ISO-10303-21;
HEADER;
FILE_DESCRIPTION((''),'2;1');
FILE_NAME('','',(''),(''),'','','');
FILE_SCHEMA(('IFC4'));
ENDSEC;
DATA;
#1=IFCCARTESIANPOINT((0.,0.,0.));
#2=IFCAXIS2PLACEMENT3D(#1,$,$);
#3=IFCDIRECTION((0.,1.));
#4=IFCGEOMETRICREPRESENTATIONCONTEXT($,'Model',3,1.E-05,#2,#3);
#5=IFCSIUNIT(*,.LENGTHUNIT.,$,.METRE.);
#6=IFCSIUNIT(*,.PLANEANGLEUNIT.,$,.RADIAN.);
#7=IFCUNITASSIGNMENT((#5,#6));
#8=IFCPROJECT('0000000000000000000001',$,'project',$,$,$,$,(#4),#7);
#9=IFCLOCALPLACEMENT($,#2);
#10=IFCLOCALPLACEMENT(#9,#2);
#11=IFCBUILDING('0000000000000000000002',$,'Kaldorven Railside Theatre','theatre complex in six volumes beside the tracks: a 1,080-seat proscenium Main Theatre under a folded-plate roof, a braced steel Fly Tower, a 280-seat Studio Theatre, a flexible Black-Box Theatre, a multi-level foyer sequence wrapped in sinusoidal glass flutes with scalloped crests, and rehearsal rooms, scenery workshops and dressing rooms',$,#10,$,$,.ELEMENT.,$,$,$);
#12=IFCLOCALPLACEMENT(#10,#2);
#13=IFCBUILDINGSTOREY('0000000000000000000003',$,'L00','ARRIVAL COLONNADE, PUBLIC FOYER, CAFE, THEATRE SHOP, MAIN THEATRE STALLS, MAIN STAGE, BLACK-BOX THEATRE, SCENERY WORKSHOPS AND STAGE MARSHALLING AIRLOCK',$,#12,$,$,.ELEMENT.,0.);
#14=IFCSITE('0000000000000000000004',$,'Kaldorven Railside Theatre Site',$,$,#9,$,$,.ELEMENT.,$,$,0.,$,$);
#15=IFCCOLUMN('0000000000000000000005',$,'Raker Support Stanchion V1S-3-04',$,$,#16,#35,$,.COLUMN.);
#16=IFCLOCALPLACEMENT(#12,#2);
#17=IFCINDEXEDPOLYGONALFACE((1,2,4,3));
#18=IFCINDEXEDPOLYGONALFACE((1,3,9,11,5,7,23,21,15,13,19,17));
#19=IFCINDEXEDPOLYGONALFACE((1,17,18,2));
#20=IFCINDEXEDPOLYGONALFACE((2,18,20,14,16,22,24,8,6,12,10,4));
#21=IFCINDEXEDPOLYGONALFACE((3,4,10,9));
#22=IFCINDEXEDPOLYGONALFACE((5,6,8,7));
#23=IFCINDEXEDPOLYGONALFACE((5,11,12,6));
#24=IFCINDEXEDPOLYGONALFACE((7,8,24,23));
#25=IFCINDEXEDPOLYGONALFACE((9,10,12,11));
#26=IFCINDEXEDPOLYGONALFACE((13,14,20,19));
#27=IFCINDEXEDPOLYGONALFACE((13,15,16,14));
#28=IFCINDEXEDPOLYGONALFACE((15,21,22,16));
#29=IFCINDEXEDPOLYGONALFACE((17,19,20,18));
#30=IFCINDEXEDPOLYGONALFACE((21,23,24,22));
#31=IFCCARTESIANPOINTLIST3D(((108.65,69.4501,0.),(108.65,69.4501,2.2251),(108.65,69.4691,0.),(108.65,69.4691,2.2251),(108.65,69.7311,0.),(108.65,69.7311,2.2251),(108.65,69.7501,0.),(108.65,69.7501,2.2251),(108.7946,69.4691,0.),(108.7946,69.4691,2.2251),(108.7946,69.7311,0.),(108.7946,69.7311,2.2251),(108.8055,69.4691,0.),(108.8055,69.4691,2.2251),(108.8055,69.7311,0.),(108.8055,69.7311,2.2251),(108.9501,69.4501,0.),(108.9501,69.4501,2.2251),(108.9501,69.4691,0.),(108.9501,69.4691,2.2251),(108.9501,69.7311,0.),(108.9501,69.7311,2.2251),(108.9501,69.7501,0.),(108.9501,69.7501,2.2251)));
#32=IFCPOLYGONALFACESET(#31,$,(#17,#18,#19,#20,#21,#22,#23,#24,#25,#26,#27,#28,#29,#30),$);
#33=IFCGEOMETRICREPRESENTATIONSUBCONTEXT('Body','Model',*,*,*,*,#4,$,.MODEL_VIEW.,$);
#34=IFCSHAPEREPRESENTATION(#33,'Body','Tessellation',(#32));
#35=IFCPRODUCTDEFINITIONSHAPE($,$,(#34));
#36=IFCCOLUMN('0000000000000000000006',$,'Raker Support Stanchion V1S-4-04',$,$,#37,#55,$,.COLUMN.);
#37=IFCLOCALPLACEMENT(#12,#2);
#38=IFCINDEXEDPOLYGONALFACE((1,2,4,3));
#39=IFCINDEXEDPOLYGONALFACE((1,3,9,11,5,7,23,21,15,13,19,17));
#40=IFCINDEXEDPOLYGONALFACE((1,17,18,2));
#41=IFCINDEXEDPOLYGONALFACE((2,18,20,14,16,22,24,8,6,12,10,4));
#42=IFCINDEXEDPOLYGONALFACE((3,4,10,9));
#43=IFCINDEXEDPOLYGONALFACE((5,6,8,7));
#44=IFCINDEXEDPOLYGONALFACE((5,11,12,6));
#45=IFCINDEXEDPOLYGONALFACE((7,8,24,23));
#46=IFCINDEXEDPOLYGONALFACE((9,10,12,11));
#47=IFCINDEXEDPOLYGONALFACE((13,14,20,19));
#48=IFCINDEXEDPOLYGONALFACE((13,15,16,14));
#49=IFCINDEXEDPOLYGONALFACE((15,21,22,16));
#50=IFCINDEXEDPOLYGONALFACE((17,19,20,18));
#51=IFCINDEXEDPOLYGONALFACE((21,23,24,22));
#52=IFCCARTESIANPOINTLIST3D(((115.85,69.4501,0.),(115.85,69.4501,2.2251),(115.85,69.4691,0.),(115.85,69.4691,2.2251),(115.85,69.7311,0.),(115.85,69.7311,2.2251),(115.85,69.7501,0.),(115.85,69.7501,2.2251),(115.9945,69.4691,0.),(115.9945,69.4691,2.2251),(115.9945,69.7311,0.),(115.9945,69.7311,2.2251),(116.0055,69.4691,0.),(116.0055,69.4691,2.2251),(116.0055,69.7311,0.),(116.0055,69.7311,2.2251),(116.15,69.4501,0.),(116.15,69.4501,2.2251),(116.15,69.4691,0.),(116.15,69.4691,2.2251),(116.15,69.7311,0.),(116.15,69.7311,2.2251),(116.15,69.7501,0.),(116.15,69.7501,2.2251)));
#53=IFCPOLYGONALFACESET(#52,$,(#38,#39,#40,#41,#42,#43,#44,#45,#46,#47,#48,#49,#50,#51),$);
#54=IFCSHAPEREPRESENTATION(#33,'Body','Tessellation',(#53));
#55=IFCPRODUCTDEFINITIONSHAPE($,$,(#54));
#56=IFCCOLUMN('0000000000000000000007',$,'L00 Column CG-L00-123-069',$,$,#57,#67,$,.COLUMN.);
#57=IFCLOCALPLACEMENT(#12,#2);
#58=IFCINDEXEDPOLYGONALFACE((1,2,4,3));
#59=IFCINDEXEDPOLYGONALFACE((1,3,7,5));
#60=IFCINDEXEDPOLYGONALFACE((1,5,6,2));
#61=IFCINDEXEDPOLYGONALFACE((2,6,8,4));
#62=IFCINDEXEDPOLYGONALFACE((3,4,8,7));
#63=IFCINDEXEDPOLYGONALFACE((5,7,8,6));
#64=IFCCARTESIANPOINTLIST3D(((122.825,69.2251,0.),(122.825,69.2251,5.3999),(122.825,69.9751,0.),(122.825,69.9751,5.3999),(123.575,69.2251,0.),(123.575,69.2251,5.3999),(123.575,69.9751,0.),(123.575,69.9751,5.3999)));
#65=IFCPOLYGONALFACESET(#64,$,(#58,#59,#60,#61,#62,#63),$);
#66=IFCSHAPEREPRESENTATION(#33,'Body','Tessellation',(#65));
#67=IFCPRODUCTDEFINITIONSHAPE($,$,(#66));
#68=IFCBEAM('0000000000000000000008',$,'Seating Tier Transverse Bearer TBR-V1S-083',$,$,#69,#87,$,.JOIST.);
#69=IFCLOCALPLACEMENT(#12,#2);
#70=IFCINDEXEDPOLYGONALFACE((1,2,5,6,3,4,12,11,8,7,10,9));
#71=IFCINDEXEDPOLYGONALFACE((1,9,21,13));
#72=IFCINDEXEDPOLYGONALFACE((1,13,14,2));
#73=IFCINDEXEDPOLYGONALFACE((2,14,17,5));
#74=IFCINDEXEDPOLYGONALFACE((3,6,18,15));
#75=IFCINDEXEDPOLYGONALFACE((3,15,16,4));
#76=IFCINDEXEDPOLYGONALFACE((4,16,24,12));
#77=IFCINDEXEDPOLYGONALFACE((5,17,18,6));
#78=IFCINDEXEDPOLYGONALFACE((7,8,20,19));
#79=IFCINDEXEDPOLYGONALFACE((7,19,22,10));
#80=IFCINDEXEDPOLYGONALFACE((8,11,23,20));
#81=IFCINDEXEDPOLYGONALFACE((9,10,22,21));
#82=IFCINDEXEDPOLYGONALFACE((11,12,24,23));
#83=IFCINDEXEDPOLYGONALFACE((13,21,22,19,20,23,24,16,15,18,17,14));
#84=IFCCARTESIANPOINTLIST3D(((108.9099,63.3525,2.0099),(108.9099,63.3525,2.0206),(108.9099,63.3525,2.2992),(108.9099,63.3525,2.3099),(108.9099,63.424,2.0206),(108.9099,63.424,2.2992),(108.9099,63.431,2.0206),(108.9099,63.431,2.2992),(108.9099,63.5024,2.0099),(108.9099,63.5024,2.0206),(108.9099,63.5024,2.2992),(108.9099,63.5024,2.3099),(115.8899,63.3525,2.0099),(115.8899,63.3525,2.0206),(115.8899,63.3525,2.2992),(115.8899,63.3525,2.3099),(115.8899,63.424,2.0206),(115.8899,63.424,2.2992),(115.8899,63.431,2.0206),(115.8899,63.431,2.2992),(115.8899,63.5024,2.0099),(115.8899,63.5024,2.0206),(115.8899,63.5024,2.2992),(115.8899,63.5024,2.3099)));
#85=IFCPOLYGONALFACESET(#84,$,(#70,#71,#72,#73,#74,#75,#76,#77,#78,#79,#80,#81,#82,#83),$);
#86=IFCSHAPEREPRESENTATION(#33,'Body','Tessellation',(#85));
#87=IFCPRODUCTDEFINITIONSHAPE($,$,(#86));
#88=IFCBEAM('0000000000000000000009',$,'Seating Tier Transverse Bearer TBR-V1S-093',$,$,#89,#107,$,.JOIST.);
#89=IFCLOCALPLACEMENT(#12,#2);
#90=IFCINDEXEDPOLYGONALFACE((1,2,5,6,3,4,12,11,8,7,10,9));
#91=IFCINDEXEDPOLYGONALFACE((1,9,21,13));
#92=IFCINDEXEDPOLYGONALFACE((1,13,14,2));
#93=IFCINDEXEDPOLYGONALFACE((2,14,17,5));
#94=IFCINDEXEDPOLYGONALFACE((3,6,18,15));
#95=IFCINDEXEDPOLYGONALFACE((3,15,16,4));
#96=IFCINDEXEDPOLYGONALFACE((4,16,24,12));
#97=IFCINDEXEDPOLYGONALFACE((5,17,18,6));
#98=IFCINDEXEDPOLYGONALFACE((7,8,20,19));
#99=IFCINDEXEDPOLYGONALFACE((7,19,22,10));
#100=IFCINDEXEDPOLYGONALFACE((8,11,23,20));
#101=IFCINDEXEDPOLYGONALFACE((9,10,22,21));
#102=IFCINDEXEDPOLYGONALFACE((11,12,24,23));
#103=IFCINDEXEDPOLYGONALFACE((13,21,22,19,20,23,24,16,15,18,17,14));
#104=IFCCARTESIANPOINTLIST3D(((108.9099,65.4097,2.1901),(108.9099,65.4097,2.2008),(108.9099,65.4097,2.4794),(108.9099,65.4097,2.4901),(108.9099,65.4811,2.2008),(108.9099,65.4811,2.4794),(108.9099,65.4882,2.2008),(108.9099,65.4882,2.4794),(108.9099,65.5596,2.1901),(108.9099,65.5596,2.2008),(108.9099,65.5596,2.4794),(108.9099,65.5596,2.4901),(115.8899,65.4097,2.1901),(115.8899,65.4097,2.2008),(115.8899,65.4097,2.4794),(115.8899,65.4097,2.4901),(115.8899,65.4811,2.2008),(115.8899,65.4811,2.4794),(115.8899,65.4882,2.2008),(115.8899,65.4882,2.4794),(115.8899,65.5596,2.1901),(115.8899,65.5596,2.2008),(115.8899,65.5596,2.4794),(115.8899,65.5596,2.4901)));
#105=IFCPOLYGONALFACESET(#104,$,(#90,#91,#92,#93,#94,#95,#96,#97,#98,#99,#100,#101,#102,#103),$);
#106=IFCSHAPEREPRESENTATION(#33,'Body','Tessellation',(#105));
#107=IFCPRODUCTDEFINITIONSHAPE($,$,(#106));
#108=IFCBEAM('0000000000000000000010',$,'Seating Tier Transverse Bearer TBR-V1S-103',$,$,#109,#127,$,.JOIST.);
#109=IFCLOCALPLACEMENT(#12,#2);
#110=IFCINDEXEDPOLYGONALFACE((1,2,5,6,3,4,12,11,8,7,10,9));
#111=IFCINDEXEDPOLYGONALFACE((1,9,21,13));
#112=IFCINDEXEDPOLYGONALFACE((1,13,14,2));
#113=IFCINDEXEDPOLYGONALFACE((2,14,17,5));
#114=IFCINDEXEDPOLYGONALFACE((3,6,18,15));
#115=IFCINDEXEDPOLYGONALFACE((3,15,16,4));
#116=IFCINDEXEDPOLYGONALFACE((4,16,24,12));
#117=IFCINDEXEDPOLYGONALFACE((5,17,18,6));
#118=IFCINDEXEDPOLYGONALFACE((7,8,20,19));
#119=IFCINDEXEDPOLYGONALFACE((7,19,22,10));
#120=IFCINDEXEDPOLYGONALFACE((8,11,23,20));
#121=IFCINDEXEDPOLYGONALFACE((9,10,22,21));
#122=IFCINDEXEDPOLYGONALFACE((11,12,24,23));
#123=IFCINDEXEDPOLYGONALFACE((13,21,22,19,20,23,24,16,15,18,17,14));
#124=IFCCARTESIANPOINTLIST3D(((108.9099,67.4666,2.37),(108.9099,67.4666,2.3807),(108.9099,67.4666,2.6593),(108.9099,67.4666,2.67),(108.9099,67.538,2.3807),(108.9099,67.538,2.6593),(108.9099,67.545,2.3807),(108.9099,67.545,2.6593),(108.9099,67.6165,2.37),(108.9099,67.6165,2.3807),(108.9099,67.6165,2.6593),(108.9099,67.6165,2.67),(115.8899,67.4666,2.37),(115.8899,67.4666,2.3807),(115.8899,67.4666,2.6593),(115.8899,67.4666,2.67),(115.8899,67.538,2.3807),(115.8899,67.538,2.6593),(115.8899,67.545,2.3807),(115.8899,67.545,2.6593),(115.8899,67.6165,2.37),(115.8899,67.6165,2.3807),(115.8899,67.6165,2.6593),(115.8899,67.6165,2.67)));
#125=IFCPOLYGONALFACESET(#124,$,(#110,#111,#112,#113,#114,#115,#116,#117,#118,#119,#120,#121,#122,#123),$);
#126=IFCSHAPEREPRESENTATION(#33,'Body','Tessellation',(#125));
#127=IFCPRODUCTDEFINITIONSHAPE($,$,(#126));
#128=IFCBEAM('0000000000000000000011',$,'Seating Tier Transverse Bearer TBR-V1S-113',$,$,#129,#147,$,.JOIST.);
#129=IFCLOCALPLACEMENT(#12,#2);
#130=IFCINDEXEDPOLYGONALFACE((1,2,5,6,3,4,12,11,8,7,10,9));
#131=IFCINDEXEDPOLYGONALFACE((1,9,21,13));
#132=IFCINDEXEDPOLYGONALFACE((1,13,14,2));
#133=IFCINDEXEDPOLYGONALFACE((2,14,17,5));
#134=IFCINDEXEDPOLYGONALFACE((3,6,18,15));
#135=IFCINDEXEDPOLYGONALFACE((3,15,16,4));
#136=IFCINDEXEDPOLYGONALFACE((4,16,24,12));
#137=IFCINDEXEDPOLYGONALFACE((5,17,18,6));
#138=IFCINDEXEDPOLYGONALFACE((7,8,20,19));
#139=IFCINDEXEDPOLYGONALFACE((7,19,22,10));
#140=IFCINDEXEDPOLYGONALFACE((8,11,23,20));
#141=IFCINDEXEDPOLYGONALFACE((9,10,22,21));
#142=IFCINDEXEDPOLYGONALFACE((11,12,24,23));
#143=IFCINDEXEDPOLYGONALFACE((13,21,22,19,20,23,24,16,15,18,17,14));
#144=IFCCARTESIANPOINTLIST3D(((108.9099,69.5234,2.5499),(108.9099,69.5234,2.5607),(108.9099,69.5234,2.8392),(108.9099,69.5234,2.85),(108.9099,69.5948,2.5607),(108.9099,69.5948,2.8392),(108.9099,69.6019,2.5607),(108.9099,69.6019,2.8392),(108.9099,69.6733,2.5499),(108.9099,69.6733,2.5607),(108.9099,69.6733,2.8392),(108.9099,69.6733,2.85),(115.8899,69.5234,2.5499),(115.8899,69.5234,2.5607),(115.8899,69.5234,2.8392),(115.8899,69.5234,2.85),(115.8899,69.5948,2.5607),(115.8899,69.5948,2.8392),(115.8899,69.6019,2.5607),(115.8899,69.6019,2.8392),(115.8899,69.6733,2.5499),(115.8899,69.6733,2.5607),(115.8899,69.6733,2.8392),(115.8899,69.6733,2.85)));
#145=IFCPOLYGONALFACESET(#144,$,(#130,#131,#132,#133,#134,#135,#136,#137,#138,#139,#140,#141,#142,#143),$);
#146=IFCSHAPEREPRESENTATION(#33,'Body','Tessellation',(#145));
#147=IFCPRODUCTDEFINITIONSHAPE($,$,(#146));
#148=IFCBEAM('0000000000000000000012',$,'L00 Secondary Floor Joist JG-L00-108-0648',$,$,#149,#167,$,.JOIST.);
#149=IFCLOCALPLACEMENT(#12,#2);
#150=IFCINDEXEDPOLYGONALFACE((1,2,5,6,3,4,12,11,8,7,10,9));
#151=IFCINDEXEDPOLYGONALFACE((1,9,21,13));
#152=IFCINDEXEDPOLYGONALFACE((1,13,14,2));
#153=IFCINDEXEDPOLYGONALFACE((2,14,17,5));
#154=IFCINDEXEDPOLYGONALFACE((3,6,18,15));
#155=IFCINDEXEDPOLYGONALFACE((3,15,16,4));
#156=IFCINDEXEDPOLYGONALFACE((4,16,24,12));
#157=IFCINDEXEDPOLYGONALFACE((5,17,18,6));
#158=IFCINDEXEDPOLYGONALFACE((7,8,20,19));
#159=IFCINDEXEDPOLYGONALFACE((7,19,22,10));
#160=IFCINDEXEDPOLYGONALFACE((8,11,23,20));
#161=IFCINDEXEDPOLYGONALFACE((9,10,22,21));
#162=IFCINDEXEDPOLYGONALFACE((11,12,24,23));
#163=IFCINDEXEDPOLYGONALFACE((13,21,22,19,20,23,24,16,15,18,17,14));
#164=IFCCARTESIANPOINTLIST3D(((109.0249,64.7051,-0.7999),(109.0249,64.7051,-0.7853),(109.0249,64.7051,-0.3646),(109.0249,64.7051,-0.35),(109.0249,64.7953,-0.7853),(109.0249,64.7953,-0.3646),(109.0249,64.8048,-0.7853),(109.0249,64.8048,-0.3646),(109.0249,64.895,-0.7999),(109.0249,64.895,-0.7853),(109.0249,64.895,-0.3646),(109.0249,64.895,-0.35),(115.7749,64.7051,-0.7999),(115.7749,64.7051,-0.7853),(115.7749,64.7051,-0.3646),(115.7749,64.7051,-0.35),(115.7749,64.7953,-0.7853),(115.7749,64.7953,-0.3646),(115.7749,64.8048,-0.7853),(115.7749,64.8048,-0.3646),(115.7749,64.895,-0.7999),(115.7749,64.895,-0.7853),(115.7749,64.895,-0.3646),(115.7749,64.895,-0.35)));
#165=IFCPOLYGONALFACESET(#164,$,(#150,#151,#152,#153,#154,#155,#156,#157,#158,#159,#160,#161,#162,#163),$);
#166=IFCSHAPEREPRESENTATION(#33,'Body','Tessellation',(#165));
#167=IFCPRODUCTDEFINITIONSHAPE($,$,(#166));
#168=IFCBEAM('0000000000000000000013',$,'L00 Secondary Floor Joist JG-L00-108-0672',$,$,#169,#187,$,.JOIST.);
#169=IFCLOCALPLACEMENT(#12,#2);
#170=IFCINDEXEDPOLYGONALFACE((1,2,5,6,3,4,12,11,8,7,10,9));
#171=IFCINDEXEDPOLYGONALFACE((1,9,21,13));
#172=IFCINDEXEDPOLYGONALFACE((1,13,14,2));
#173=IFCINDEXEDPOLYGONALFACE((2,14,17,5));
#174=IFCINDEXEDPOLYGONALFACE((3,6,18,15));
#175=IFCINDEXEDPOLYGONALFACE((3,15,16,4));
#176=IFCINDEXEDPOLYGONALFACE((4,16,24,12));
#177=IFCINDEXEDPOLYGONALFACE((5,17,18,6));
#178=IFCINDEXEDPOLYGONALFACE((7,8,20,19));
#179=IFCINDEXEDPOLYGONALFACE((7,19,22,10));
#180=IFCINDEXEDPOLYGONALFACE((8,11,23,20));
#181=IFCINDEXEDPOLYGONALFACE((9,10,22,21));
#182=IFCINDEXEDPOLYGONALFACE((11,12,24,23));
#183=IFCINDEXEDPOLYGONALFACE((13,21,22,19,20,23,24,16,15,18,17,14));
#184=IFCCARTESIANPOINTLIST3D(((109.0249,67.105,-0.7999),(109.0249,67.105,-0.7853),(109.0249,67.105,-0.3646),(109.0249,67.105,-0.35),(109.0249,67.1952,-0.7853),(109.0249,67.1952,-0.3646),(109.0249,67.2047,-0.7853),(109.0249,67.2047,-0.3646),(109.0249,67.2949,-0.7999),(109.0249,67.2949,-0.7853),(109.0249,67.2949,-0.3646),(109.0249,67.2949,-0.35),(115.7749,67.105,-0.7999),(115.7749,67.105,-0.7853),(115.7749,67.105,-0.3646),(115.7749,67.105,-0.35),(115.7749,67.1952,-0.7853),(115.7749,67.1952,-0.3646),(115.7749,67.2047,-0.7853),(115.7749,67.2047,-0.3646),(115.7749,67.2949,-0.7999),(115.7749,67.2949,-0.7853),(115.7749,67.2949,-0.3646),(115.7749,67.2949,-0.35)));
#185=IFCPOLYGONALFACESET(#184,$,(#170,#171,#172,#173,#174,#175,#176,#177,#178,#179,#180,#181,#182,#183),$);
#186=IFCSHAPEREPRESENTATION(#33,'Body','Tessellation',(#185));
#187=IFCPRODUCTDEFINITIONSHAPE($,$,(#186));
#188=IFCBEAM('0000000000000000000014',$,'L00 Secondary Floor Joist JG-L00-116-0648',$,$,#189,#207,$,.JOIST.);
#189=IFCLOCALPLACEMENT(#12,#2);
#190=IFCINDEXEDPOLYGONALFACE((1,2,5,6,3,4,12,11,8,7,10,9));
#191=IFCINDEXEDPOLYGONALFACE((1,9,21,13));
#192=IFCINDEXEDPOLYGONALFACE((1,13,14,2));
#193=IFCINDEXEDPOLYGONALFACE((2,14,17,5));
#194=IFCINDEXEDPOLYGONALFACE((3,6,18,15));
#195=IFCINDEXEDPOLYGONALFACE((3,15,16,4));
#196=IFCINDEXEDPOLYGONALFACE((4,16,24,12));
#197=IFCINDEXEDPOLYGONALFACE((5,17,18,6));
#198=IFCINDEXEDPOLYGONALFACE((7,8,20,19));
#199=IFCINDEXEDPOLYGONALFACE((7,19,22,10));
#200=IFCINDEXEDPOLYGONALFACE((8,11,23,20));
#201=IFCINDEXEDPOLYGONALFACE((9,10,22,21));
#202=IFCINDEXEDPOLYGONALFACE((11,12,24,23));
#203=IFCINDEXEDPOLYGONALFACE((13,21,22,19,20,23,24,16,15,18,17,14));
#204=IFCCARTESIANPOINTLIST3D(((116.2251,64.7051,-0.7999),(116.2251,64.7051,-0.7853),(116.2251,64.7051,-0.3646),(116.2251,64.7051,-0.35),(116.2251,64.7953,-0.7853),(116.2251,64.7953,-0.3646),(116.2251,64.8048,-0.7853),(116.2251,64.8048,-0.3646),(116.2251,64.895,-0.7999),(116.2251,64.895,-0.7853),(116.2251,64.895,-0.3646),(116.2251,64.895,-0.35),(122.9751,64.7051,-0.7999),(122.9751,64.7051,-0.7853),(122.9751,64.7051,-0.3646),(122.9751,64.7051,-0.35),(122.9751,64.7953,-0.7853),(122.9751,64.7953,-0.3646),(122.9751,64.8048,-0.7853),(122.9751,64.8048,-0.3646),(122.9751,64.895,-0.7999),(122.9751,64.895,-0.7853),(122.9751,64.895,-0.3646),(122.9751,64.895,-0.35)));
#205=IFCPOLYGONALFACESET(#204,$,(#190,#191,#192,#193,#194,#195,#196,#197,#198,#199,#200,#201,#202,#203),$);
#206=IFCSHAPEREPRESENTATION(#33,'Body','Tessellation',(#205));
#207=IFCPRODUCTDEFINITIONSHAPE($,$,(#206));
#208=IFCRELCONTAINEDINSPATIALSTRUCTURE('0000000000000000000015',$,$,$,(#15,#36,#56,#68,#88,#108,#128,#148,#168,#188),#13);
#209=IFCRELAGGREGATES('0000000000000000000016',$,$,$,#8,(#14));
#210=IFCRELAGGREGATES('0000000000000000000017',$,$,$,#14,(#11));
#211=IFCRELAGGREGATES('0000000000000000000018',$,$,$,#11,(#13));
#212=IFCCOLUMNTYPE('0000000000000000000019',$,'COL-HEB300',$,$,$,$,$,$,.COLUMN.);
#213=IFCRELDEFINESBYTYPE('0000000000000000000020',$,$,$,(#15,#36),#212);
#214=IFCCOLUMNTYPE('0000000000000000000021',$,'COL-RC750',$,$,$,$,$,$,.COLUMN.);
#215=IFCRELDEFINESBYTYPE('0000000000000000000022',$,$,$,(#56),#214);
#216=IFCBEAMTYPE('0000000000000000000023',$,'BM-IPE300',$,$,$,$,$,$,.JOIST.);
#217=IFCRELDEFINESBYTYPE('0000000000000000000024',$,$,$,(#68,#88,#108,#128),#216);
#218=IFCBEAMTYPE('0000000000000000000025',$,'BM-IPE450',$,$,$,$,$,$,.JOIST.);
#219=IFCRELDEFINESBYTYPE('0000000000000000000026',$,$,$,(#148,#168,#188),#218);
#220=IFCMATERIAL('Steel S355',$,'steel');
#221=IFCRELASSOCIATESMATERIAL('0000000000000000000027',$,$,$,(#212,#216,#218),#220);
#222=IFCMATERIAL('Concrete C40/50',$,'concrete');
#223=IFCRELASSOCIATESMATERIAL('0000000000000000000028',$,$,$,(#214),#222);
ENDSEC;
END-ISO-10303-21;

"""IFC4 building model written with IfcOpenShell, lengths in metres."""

from ifc_helpers import new_model, si_unit, direction, frame, origin, origin_2d, place, context, subcontext, project, spatial, rectangle, i_section, extrude, material, material_profile, profile_set, type_object, element, save


model = new_model("IFC4")

# Units and contexts
model_context = context("Model", 3, precision=1e-05, world=origin(), true_north=direction((0.0, 1.0)))
body_context = subcontext(model_context, "Body", "Model", "MODEL_VIEW")
ifc_project = project(units=[si_unit("LENGTHUNIT", "METRE"), si_unit("PLANEANGLEUNIT", "RADIAN")], contexts=[model_context])

# Site, building, storey
site_placement = place(None, origin())
site = spatial("IfcSite", under=ifc_project, at=site_placement, Name="Kaldorven Railside Theatre Site", CompositionType="ELEMENT", RefElevation=0.0)
building_placement = place(site_placement, origin())
building = spatial("IfcBuilding", under=site, at=building_placement, Name="Kaldorven Railside Theatre", Description="theatre complex in six volumes beside the tracks: a 1,080-seat proscenium Main Theatre under a folded-plate roof, a braced steel Fly Tower, a 280-seat Studio Theatre, a flexible Black-Box Theatre, a multi-level foyer sequence wrapped in sinusoidal glass flutes with scalloped crests, and rehearsal rooms, scenery workshops and dressing rooms", CompositionType="ELEMENT")
storey_placement = place(building_placement, origin())
storey = spatial("IfcBuildingStorey", under=building, at=storey_placement, Name="L00", Description="ARRIVAL COLONNADE, PUBLIC FOYER, CAFE, THEATRE SHOP, MAIN THEATRE STALLS, MAIN STAGE, BLACK-BOX THEATRE, SCENERY WORKSHOPS AND STAGE MARSHALLING AIRLOCK", CompositionType="ELEMENT", Elevation=0.0)

# Columns
ifc_material_1 = material(Name="Steel S355", Category="steel")
ifc_material_profile_1 = material_profile(ifc_material_1, i_section(OverallWidth=0.3, OverallDepth=0.3, WebThickness=0.011, FlangeThickness=0.019, at=origin_2d()), Name="HEB 300")
ifc_profile_set_1 = profile_set([ifc_material_profile_1], Name="Steel S355")
column_type_1 = type_object("IfcColumnType", Name="COL-HEB300", PredefinedType="COLUMN", material=ifc_profile_set_1)
for number, where, z_axis, x_axis, name in (
    (1, (108.8, 69.6001, 0.0), (0.0, 0.0, 1.0), (1.0, 0.0, 0.0), "Raker Support Stanchion V1S-3-04"),
    (2, (116.0, 69.6001, 0.0), (0.0, 0.0, 1.0), (1.0, 0.0, 0.0), "Raker Support Stanchion V1S-4-04"),
):
    element("IfcColumn", number, at=place(storey_placement, frame(where, z_axis=z_axis, x_axis=x_axis)), inside=storey, type_object=column_type_1, Name=name, PredefinedType="COLUMN", context=body_context, shape_type="SweptSolid", body=[
        extrude(i_section(OverallWidth=0.3, OverallDepth=0.3, WebThickness=0.011, FlangeThickness=0.019, at=origin_2d()), origin(), (0.0, 0.0, 1.0), 2.2251),
    ])
ifc_material_2 = material(Name="Concrete C40/50", Category="concrete")
ifc_material_profile_2 = material_profile(ifc_material_2, rectangle(XDim=0.75, YDim=0.75, at=origin_2d()), Name="RC 750x750")
ifc_profile_set_2 = profile_set([ifc_material_profile_2], Name="Concrete C40/50")
column_type_2 = type_object("IfcColumnType", Name="COL-RC750", PredefinedType="COLUMN", material=ifc_profile_set_2)
column_placement = place(storey_placement, frame((123.2, 69.6001, 0.0), z_axis=(0.0, 0.0, 1.0), x_axis=(1.0, 0.0, 0.0)))
element("IfcColumn", 3, at=column_placement, inside=storey, type_object=column_type_2, Name="L00 Column CG-L00-123-069", PredefinedType="COLUMN", context=body_context, shape_type="SweptSolid", body=[
    extrude(rectangle(XDim=0.75, YDim=0.75, at=origin_2d()), origin(), (0.0, 0.0, 1.0), 5.3999),
])

# Beams
ifc_material_profile_3 = material_profile(ifc_material_1, i_section(OverallWidth=0.1499, OverallDepth=0.3, WebThickness=0.0071, FlangeThickness=0.0107, at=origin_2d()), Name="IPE 300")
ifc_profile_set_3 = profile_set([ifc_material_profile_3], Name="Steel S355")
beam_type_1 = type_object("IfcBeamType", Name="BM-IPE300", PredefinedType="JOIST", material=ifc_profile_set_3)
for number, where, z_axis, x_axis, name in (
    (4, (108.9099, 63.4275, 2.1599), (1.0, 0.0, 0.0), (0.0, 1.0, 0.0), "Seating Tier Transverse Bearer TBR-V1S-083"),
    (5, (108.9099, 65.4846, 2.3401), (1.0, 0.0, 0.0), (0.0, 1.0, 0.0), "Seating Tier Transverse Bearer TBR-V1S-093"),
    (6, (108.9099, 67.5415, 2.52), (1.0, 0.0, 0.0), (0.0, 1.0, 0.0), "Seating Tier Transverse Bearer TBR-V1S-103"),
    (7, (108.9099, 69.5984, 2.7), (1.0, 0.0, 0.0), (0.0, 1.0, 0.0), "Seating Tier Transverse Bearer TBR-V1S-113"),
):
    element("IfcBeam", number, at=place(storey_placement, frame(where, z_axis=z_axis, x_axis=x_axis)), inside=storey, type_object=beam_type_1, Name=name, PredefinedType="JOIST", context=body_context, shape_type="SweptSolid", body=[
        extrude(i_section(OverallWidth=0.1499, OverallDepth=0.3, WebThickness=0.0071, FlangeThickness=0.0107, at=origin_2d()), origin(), (0.0, 0.0, 1.0), 6.98),
    ])
ifc_material_profile_4 = material_profile(ifc_material_1, i_section(OverallWidth=0.1899, OverallDepth=0.45, WebThickness=0.0095, FlangeThickness=0.0146, at=origin_2d()), Name="IPE 450")
ifc_profile_set_4 = profile_set([ifc_material_profile_4], Name="Steel S355")
beam_type_2 = type_object("IfcBeamType", Name="BM-IPE450", PredefinedType="JOIST", material=ifc_profile_set_4)
for number, where, z_axis, x_axis, name in (
    (8, (109.0249, 64.8, -0.575), (1.0, 0.0, 0.0), (0.0, 1.0, 0.0), "L00 Secondary Floor Joist JG-L00-108-0648"),
    (9, (109.0249, 67.2, -0.575), (1.0, 0.0, 0.0), (0.0, 1.0, 0.0), "L00 Secondary Floor Joist JG-L00-108-0672"),
    (10, (116.2251, 64.8, -0.575), (1.0, 0.0, 0.0), (0.0, 1.0, 0.0), "L00 Secondary Floor Joist JG-L00-116-0648"),
):
    element("IfcBeam", number, at=place(storey_placement, frame(where, z_axis=z_axis, x_axis=x_axis)), inside=storey, type_object=beam_type_2, Name=name, PredefinedType="JOIST", context=body_context, shape_type="SweptSolid", body=[
        extrude(i_section(OverallWidth=0.1899, OverallDepth=0.45, WebThickness=0.0095, FlangeThickness=0.0146, at=origin_2d()), origin(), (0.0, 0.0, 1.0), 6.75),
    ])

save(model, "model.ifc")
